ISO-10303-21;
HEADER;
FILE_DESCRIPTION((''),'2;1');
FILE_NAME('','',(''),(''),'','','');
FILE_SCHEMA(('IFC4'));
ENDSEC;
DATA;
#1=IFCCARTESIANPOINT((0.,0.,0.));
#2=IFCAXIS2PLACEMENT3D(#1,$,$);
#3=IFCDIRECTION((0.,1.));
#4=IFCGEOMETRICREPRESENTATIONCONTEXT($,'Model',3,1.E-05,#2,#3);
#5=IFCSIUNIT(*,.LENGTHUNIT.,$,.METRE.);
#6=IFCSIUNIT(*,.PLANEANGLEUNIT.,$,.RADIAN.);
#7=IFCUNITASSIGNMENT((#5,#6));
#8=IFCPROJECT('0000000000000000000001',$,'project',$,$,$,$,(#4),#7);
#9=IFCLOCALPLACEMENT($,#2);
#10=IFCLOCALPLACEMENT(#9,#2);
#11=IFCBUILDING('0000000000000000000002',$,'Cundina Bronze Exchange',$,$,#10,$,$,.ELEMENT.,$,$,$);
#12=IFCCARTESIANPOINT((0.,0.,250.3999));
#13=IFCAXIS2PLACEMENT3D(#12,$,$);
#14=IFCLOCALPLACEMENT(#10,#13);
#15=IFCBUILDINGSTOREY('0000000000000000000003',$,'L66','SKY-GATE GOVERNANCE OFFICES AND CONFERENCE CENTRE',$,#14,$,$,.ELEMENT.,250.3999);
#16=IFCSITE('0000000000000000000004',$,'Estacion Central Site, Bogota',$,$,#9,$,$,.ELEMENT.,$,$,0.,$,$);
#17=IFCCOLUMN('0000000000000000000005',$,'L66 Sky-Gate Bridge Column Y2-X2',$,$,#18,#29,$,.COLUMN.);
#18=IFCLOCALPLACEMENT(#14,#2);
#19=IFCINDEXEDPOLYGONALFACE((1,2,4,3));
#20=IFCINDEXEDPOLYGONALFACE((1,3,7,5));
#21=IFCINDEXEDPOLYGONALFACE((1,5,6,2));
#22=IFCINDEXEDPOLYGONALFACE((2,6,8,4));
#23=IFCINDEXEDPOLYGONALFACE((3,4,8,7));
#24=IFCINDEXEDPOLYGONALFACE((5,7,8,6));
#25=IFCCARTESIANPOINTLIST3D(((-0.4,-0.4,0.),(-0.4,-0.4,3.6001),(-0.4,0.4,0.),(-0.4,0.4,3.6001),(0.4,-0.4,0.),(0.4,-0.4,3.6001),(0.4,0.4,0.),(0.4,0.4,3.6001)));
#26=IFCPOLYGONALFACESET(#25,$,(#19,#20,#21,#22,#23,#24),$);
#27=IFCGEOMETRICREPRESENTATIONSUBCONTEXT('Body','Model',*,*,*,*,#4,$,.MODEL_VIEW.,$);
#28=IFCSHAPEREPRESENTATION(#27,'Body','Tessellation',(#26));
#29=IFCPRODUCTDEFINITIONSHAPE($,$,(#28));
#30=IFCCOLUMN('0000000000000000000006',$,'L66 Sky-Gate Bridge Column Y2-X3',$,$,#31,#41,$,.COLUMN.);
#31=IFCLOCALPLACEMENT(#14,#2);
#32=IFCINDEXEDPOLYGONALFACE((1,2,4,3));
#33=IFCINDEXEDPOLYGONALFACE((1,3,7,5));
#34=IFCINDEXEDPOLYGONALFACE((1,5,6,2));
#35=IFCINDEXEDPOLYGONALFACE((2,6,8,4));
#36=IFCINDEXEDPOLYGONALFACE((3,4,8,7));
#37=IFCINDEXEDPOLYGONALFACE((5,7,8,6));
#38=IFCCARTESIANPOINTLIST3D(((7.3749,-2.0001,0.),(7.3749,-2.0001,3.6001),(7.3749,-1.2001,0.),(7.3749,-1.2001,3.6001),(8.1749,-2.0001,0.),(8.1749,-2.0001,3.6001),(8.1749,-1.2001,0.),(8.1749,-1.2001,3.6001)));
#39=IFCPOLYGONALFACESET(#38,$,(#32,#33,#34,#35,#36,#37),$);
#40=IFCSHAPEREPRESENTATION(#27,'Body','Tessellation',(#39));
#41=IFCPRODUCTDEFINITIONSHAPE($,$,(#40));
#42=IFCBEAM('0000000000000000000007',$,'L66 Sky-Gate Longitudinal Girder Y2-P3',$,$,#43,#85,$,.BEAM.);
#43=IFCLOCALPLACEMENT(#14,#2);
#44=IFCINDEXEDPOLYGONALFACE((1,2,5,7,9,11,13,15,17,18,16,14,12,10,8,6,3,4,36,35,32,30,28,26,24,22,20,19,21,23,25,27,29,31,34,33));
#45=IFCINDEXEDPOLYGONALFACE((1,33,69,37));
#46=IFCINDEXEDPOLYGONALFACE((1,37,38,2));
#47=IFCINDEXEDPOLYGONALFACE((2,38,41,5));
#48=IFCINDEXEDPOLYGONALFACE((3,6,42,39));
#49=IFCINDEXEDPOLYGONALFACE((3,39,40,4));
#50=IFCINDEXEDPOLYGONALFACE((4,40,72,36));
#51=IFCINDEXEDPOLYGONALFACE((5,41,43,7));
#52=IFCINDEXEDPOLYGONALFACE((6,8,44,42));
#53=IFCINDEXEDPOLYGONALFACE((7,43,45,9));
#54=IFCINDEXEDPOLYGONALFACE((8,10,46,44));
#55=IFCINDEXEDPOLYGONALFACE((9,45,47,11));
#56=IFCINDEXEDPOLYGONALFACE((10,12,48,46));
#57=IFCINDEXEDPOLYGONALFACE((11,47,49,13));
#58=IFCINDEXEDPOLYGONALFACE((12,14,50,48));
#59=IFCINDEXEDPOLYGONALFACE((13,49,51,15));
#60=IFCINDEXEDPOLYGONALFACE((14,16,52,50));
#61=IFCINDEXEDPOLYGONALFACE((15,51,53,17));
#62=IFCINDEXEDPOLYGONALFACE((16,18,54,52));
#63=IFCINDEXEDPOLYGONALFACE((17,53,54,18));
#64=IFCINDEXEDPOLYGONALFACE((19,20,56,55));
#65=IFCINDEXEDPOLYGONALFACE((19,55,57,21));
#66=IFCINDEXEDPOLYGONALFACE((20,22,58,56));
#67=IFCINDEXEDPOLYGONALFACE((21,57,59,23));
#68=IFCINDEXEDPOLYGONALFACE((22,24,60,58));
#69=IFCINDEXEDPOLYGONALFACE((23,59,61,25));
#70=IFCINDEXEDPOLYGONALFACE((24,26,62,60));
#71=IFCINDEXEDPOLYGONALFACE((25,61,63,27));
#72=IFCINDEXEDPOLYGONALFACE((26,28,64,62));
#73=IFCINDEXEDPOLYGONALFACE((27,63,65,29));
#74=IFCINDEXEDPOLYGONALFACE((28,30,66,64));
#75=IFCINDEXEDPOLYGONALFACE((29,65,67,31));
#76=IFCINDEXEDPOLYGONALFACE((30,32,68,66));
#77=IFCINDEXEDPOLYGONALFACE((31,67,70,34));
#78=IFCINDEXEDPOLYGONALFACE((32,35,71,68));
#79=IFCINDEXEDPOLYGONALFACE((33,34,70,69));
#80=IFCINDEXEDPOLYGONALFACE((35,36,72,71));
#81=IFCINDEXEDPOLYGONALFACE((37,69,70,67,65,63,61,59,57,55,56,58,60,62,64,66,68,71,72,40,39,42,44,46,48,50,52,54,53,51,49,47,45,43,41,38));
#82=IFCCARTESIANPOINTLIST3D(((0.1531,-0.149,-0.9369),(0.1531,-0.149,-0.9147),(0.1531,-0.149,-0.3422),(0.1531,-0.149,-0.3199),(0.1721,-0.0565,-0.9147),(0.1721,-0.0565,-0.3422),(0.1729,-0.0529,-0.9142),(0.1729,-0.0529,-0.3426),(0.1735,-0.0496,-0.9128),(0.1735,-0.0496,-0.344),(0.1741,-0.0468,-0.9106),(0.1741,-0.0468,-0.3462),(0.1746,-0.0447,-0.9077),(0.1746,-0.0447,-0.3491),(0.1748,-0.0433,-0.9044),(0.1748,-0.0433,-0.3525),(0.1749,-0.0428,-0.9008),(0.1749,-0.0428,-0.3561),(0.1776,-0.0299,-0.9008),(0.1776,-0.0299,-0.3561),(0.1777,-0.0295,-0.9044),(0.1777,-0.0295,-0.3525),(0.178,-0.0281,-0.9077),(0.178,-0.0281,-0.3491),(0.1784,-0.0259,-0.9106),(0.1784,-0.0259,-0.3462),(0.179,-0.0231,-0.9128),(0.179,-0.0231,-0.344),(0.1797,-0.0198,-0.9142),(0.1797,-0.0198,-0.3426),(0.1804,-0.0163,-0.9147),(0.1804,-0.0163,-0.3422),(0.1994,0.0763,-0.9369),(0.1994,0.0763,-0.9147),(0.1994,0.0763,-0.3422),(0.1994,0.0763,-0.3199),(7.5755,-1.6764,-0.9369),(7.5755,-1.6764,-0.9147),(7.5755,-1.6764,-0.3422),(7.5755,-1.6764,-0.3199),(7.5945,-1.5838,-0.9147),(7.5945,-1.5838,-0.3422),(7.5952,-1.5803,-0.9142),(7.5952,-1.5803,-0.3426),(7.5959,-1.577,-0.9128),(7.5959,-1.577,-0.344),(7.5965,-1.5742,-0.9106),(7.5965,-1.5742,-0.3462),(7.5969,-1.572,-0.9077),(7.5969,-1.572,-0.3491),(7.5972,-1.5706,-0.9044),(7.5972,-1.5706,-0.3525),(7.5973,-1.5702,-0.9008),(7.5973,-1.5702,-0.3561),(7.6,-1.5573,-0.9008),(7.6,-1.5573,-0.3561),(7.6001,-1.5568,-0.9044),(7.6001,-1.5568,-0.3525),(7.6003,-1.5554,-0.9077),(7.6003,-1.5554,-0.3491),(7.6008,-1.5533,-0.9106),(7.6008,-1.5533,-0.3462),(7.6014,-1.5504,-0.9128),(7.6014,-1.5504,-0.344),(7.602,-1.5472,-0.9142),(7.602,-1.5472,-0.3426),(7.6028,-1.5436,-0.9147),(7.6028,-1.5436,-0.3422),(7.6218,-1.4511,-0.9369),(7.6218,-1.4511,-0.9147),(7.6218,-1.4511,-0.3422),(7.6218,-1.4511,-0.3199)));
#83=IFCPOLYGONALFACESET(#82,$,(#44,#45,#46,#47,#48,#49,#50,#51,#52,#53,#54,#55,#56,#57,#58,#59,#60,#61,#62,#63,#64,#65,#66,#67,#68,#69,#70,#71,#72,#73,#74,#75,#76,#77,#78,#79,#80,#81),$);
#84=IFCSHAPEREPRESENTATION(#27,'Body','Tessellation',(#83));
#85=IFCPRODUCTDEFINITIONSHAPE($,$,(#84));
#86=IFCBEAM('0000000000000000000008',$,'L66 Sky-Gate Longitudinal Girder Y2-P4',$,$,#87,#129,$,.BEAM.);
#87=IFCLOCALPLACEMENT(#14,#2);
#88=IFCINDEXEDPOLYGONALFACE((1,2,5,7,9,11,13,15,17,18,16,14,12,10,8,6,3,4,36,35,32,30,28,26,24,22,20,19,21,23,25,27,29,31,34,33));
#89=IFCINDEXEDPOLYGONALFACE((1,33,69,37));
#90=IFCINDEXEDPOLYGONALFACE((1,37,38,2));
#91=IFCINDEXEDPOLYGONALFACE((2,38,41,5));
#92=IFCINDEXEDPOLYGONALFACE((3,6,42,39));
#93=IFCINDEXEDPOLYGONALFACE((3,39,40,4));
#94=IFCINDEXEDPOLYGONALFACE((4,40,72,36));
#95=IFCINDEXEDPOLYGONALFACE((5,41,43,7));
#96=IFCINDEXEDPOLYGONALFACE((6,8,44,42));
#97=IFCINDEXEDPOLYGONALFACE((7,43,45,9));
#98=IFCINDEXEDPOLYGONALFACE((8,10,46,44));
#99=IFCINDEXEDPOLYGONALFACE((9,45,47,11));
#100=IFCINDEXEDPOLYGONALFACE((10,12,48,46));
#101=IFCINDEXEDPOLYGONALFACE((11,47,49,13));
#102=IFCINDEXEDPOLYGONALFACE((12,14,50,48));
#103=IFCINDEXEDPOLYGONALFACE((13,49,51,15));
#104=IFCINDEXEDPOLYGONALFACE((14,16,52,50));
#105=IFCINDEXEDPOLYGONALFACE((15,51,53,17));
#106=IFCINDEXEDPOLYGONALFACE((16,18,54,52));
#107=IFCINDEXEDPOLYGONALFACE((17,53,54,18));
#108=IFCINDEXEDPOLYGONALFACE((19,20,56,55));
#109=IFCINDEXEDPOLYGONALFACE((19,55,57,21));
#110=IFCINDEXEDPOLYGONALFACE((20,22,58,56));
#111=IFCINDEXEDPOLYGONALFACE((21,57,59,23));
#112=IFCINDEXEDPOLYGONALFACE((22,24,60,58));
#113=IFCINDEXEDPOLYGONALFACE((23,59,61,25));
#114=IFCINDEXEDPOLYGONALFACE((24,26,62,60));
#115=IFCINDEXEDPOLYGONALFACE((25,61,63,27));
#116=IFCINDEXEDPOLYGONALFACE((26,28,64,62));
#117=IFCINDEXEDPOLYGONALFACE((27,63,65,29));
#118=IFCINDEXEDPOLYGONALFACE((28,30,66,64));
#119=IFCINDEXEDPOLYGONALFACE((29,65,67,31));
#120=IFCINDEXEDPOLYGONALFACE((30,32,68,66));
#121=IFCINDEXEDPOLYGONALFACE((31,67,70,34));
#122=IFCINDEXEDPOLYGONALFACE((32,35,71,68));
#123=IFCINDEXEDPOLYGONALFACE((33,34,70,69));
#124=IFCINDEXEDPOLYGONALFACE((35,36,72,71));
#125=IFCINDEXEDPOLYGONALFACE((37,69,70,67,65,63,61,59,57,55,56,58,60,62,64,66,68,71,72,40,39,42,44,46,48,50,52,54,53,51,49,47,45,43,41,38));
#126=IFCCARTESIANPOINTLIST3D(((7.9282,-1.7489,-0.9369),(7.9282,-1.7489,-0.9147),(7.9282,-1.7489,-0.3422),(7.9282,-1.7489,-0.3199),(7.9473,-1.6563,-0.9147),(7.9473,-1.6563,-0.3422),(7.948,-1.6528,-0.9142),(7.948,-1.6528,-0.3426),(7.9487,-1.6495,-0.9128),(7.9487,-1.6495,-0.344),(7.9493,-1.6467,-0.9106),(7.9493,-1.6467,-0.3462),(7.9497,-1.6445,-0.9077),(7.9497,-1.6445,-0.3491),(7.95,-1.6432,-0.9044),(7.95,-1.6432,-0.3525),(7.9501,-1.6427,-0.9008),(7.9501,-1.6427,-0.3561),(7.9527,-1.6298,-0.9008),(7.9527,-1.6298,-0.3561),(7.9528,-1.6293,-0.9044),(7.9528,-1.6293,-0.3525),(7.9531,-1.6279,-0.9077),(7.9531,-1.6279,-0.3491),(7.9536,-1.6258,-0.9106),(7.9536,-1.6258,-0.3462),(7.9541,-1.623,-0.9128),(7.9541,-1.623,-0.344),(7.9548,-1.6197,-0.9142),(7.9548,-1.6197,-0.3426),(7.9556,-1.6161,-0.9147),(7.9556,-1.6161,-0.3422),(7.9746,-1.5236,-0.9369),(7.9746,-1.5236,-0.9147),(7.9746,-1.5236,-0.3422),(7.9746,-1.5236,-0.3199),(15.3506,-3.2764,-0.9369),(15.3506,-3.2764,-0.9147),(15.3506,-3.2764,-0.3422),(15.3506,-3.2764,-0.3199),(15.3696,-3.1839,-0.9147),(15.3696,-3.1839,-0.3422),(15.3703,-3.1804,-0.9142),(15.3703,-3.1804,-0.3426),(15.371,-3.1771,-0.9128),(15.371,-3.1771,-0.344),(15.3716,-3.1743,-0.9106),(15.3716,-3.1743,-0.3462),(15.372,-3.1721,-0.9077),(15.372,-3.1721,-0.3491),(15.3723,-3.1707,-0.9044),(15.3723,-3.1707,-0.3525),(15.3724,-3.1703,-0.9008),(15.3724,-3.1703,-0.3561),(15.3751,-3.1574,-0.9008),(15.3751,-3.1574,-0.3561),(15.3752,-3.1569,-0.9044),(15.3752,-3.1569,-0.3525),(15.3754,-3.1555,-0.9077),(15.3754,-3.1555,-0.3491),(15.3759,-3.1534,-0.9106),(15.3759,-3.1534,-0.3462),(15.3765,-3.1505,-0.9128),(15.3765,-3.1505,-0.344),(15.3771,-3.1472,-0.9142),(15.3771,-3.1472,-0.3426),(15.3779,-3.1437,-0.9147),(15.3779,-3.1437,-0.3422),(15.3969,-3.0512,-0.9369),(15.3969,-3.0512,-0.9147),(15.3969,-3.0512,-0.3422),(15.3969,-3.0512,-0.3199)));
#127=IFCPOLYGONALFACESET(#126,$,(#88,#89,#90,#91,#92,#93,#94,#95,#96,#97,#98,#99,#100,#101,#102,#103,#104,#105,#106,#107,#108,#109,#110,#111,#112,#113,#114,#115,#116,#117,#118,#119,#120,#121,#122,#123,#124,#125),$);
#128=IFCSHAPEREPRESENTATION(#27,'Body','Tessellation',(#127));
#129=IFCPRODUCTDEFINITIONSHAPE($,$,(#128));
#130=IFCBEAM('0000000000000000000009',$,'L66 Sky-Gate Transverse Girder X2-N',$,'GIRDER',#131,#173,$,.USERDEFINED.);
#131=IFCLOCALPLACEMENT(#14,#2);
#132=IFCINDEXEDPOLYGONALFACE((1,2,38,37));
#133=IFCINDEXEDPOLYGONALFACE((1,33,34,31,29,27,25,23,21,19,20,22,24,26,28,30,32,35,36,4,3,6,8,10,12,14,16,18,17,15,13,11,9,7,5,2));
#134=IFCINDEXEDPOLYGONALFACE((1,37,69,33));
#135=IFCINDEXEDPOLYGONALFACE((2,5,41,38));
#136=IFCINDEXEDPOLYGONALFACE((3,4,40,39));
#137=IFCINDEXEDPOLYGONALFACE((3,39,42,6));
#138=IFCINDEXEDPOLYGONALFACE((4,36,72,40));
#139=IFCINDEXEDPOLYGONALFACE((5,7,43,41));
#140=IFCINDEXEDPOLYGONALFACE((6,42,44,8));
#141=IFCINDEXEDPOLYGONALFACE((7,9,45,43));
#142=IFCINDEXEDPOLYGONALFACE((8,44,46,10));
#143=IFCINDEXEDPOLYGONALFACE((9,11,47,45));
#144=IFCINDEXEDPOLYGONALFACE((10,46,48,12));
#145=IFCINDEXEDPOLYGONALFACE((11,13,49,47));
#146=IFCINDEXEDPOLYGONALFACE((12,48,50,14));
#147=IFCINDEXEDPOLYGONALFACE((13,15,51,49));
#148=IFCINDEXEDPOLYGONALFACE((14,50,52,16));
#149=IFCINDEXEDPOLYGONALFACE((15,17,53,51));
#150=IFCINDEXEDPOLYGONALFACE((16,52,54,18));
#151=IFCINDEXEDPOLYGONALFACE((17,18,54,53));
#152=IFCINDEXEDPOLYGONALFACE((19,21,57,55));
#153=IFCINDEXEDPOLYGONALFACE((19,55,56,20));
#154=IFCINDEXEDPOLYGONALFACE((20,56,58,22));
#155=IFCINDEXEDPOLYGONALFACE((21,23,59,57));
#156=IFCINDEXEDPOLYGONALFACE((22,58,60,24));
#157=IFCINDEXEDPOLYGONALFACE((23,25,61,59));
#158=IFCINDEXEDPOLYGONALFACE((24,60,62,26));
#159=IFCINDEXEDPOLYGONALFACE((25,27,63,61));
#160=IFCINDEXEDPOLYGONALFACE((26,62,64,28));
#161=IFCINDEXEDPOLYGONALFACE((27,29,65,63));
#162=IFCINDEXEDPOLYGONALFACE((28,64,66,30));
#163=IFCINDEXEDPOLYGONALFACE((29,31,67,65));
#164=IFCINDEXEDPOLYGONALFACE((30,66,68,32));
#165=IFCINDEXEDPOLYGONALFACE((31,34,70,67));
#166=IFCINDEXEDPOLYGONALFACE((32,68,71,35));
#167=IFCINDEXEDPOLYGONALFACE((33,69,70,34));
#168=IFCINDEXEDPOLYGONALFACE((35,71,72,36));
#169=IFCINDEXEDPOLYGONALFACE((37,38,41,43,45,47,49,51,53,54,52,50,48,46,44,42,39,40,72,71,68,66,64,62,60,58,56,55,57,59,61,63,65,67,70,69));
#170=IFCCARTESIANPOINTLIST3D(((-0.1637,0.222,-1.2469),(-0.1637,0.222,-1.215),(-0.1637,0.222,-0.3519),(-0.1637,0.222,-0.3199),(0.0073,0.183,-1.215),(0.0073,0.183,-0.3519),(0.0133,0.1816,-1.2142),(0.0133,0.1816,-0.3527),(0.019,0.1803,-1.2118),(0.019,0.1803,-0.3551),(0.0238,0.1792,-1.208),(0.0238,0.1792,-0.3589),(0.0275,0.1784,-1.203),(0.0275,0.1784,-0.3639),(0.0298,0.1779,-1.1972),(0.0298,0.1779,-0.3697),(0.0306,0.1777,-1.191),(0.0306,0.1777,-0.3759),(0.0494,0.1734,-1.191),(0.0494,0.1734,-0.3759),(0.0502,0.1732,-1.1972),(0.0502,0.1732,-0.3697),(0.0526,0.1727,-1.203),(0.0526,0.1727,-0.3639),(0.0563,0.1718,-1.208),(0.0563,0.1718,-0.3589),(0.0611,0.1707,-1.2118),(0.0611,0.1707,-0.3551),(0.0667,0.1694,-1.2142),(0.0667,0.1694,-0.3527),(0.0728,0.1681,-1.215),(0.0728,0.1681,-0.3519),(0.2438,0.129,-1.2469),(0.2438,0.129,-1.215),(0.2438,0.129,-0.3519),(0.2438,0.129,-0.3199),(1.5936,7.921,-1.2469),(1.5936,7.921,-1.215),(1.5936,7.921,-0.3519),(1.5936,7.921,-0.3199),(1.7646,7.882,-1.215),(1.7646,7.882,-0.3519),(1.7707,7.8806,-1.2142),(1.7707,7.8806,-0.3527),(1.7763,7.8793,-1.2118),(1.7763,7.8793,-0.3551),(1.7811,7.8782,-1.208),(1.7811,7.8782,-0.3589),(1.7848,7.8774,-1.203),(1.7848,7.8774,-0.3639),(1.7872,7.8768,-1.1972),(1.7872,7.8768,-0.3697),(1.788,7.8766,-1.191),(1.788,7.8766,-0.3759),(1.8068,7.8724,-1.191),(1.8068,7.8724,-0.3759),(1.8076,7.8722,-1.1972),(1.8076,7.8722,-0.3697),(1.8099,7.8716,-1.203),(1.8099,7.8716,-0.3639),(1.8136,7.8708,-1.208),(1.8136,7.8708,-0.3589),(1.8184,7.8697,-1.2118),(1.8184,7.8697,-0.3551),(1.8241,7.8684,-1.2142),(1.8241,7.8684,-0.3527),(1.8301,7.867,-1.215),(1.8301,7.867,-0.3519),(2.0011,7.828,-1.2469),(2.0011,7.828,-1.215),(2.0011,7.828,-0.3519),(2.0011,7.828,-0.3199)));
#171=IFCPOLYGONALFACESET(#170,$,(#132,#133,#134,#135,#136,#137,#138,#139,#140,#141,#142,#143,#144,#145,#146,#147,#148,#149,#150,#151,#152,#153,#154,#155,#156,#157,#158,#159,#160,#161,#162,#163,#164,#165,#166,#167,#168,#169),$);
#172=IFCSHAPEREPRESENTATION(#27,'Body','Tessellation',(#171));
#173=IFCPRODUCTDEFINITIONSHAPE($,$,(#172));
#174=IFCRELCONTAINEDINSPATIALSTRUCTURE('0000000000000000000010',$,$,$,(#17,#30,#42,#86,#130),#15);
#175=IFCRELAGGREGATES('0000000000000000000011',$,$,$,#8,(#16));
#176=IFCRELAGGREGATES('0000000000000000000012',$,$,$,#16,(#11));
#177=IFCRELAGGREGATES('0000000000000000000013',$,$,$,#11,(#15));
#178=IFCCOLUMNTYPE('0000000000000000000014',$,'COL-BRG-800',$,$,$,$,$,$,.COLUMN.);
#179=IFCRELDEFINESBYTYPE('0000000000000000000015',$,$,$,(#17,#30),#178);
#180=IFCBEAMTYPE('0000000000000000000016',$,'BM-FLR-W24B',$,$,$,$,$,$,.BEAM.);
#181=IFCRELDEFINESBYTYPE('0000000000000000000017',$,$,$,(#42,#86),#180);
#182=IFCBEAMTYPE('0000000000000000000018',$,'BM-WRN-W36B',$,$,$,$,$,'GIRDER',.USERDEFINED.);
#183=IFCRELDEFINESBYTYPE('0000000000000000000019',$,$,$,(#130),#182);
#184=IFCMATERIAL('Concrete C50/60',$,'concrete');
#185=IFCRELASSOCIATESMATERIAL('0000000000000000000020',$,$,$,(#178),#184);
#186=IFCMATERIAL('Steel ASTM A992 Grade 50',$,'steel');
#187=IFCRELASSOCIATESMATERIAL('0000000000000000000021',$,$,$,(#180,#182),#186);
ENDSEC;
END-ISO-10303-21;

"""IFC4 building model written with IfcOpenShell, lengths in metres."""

from ifc_helpers import new_model, si_unit, direction, frame, origin, origin_2d, place, context, subcontext, project, spatial, rectangle, i_section, extrude, material, material_profile, profile_set, type_object, element, save


model = new_model("IFC4")

# Units and contexts
model_context = context("Model", 3, precision=1e-05, world=origin(), true_north=direction((0.0, 1.0)))
body_context = subcontext(model_context, "Body", "Model", "MODEL_VIEW")
ifc_project = project(units=[si_unit("LENGTHUNIT", "METRE"), si_unit("PLANEANGLEUNIT", "RADIAN")], contexts=[model_context])

# Site, building, storey
site_placement = place(None, origin())
site = spatial("IfcSite", under=ifc_project, at=site_placement, Name="Estacion Central Site, Bogota", CompositionType="ELEMENT", RefElevation=0.0)
building_placement = place(site_placement, origin())
building = spatial("IfcBuilding", under=site, at=building_placement, Name="Cundina Bronze Exchange", CompositionType="ELEMENT")
storey_placement = place(building_placement, frame((0.0, 0.0, 250.3999)))
storey = spatial("IfcBuildingStorey", under=building, at=storey_placement, Name="L66", Description="SKY-GATE GOVERNANCE OFFICES AND CONFERENCE CENTRE", CompositionType="ELEMENT", Elevation=250.3999)

# Columns
ifc_material_1 = material(Name="Concrete C50/60", Category="concrete")
ifc_material_profile_1 = material_profile(ifc_material_1, rectangle(XDim=0.8, YDim=0.8, at=origin_2d()), Name="RC800X800", Category="concrete")
ifc_profile_set_1 = profile_set([ifc_material_profile_1], Name="Concrete C50/60")
column_type = type_object("IfcColumnType", Name="COL-BRG-800", PredefinedType="COLUMN", material=ifc_profile_set_1)
for number, where, z_axis, x_axis, name in (
    (1, (0.0, 0.0, 0.0), (0.0, 0.0, 1.0), (1.0, 0.0, 0.0), "L66 Sky-Gate Bridge Column Y2-X2"),
    (2, (7.7749, -1.6001, 0.0), (0.0, 0.0, 1.0), (1.0, 0.0, 0.0), "L66 Sky-Gate Bridge Column Y2-X3"),
):
    element("IfcColumn", number, at=place(storey_placement, frame(where, z_axis=z_axis, x_axis=x_axis)), inside=storey, type_object=column_type, Name=name, PredefinedType="COLUMN", context=body_context, shape_type="SweptSolid", body=[
        extrude(rectangle(XDim=0.8, YDim=0.8, at=origin_2d()), origin(), (0.0, 0.0, 1.0), 3.6001),
    ])

# Beams
ifc_material_2 = material(Name="Steel ASTM A992 Grade 50", Category="steel")
ifc_material_profile_2 = material_profile(ifc_material_2, i_section(OverallWidth=0.23, OverallDepth=0.6169, WebThickness=0.0132, FlangeThickness=0.0222, FilletRadius=0.0139, at=origin_2d()), Name="W24X94", Category="steel")
ifc_profile_set_2 = profile_set([ifc_material_profile_2], Name="Steel ASTM A992 Grade 50")
beam_type_1 = type_object("IfcBeamType", Name="BM-FLR-W24B", PredefinedType="BEAM", material=ifc_profile_set_2)
for number, where, z_axis, x_axis, name in (
    (3, (0.1763, -0.0364, -0.6284), (0.979478, -0.201553, 0.0), (0.201553, 0.979478, 0.0), "L66 Sky-Gate Longitudinal Girder Y2-P3"),
    (4, (7.9514, -1.6362, -0.6284), (0.979471, -0.201584, 0.0), (0.201584, 0.979471, 0.0), "L66 Sky-Gate Longitudinal Girder Y2-P4"),
):
    element("IfcBeam", number, at=place(storey_placement, frame(where, z_axis=z_axis, x_axis=x_axis)), inside=storey, type_object=beam_type_1, Name=name, PredefinedType="BEAM", context=body_context, shape_type="SweptSolid", body=[
        extrude(i_section(OverallWidth=0.23, OverallDepth=0.6169, WebThickness=0.0132, FlangeThickness=0.0222, FilletRadius=0.0139, at=origin_2d()), origin(), (0.0, 0.0, 1.0), 7.5779),
    ])
ifc_material_profile_3 = material_profile(ifc_material_2, i_section(OverallWidth=0.418, OverallDepth=0.927, WebThickness=0.0193, FlangeThickness=0.032, FilletRadius=0.0239, at=origin_2d()), Name="W36X231", Category="steel")
ifc_profile_set_3 = profile_set([ifc_material_profile_3], Name="Steel ASTM A992 Grade 50")
beam_type_2 = type_object("IfcBeamType", Name="BM-WRN-W36B", ElementType="GIRDER", PredefinedType="USERDEFINED", material=ifc_profile_set_3)
beam_1_placement = place(storey_placement, frame((0.04, 0.1755, -0.7834), z_axis=(0.222531, 0.974926, 0.0), x_axis=(-0.974926, 0.222531, 0.0)))
element("IfcBeam", 5, at=beam_1_placement, inside=storey, type_object=beam_type_2, Name="L66 Sky-Gate Transverse Girder X2-N", ObjectType="GIRDER", PredefinedType="USERDEFINED", context=body_context, shape_type="SweptSolid", body=[
    extrude(i_section(OverallWidth=0.418, OverallDepth=0.927, WebThickness=0.0193, FlangeThickness=0.032, FilletRadius=0.0239, at=origin_2d()), origin(), (0.0, 0.0, 1.0), 7.897),
])

save(model, "model.ifc")
